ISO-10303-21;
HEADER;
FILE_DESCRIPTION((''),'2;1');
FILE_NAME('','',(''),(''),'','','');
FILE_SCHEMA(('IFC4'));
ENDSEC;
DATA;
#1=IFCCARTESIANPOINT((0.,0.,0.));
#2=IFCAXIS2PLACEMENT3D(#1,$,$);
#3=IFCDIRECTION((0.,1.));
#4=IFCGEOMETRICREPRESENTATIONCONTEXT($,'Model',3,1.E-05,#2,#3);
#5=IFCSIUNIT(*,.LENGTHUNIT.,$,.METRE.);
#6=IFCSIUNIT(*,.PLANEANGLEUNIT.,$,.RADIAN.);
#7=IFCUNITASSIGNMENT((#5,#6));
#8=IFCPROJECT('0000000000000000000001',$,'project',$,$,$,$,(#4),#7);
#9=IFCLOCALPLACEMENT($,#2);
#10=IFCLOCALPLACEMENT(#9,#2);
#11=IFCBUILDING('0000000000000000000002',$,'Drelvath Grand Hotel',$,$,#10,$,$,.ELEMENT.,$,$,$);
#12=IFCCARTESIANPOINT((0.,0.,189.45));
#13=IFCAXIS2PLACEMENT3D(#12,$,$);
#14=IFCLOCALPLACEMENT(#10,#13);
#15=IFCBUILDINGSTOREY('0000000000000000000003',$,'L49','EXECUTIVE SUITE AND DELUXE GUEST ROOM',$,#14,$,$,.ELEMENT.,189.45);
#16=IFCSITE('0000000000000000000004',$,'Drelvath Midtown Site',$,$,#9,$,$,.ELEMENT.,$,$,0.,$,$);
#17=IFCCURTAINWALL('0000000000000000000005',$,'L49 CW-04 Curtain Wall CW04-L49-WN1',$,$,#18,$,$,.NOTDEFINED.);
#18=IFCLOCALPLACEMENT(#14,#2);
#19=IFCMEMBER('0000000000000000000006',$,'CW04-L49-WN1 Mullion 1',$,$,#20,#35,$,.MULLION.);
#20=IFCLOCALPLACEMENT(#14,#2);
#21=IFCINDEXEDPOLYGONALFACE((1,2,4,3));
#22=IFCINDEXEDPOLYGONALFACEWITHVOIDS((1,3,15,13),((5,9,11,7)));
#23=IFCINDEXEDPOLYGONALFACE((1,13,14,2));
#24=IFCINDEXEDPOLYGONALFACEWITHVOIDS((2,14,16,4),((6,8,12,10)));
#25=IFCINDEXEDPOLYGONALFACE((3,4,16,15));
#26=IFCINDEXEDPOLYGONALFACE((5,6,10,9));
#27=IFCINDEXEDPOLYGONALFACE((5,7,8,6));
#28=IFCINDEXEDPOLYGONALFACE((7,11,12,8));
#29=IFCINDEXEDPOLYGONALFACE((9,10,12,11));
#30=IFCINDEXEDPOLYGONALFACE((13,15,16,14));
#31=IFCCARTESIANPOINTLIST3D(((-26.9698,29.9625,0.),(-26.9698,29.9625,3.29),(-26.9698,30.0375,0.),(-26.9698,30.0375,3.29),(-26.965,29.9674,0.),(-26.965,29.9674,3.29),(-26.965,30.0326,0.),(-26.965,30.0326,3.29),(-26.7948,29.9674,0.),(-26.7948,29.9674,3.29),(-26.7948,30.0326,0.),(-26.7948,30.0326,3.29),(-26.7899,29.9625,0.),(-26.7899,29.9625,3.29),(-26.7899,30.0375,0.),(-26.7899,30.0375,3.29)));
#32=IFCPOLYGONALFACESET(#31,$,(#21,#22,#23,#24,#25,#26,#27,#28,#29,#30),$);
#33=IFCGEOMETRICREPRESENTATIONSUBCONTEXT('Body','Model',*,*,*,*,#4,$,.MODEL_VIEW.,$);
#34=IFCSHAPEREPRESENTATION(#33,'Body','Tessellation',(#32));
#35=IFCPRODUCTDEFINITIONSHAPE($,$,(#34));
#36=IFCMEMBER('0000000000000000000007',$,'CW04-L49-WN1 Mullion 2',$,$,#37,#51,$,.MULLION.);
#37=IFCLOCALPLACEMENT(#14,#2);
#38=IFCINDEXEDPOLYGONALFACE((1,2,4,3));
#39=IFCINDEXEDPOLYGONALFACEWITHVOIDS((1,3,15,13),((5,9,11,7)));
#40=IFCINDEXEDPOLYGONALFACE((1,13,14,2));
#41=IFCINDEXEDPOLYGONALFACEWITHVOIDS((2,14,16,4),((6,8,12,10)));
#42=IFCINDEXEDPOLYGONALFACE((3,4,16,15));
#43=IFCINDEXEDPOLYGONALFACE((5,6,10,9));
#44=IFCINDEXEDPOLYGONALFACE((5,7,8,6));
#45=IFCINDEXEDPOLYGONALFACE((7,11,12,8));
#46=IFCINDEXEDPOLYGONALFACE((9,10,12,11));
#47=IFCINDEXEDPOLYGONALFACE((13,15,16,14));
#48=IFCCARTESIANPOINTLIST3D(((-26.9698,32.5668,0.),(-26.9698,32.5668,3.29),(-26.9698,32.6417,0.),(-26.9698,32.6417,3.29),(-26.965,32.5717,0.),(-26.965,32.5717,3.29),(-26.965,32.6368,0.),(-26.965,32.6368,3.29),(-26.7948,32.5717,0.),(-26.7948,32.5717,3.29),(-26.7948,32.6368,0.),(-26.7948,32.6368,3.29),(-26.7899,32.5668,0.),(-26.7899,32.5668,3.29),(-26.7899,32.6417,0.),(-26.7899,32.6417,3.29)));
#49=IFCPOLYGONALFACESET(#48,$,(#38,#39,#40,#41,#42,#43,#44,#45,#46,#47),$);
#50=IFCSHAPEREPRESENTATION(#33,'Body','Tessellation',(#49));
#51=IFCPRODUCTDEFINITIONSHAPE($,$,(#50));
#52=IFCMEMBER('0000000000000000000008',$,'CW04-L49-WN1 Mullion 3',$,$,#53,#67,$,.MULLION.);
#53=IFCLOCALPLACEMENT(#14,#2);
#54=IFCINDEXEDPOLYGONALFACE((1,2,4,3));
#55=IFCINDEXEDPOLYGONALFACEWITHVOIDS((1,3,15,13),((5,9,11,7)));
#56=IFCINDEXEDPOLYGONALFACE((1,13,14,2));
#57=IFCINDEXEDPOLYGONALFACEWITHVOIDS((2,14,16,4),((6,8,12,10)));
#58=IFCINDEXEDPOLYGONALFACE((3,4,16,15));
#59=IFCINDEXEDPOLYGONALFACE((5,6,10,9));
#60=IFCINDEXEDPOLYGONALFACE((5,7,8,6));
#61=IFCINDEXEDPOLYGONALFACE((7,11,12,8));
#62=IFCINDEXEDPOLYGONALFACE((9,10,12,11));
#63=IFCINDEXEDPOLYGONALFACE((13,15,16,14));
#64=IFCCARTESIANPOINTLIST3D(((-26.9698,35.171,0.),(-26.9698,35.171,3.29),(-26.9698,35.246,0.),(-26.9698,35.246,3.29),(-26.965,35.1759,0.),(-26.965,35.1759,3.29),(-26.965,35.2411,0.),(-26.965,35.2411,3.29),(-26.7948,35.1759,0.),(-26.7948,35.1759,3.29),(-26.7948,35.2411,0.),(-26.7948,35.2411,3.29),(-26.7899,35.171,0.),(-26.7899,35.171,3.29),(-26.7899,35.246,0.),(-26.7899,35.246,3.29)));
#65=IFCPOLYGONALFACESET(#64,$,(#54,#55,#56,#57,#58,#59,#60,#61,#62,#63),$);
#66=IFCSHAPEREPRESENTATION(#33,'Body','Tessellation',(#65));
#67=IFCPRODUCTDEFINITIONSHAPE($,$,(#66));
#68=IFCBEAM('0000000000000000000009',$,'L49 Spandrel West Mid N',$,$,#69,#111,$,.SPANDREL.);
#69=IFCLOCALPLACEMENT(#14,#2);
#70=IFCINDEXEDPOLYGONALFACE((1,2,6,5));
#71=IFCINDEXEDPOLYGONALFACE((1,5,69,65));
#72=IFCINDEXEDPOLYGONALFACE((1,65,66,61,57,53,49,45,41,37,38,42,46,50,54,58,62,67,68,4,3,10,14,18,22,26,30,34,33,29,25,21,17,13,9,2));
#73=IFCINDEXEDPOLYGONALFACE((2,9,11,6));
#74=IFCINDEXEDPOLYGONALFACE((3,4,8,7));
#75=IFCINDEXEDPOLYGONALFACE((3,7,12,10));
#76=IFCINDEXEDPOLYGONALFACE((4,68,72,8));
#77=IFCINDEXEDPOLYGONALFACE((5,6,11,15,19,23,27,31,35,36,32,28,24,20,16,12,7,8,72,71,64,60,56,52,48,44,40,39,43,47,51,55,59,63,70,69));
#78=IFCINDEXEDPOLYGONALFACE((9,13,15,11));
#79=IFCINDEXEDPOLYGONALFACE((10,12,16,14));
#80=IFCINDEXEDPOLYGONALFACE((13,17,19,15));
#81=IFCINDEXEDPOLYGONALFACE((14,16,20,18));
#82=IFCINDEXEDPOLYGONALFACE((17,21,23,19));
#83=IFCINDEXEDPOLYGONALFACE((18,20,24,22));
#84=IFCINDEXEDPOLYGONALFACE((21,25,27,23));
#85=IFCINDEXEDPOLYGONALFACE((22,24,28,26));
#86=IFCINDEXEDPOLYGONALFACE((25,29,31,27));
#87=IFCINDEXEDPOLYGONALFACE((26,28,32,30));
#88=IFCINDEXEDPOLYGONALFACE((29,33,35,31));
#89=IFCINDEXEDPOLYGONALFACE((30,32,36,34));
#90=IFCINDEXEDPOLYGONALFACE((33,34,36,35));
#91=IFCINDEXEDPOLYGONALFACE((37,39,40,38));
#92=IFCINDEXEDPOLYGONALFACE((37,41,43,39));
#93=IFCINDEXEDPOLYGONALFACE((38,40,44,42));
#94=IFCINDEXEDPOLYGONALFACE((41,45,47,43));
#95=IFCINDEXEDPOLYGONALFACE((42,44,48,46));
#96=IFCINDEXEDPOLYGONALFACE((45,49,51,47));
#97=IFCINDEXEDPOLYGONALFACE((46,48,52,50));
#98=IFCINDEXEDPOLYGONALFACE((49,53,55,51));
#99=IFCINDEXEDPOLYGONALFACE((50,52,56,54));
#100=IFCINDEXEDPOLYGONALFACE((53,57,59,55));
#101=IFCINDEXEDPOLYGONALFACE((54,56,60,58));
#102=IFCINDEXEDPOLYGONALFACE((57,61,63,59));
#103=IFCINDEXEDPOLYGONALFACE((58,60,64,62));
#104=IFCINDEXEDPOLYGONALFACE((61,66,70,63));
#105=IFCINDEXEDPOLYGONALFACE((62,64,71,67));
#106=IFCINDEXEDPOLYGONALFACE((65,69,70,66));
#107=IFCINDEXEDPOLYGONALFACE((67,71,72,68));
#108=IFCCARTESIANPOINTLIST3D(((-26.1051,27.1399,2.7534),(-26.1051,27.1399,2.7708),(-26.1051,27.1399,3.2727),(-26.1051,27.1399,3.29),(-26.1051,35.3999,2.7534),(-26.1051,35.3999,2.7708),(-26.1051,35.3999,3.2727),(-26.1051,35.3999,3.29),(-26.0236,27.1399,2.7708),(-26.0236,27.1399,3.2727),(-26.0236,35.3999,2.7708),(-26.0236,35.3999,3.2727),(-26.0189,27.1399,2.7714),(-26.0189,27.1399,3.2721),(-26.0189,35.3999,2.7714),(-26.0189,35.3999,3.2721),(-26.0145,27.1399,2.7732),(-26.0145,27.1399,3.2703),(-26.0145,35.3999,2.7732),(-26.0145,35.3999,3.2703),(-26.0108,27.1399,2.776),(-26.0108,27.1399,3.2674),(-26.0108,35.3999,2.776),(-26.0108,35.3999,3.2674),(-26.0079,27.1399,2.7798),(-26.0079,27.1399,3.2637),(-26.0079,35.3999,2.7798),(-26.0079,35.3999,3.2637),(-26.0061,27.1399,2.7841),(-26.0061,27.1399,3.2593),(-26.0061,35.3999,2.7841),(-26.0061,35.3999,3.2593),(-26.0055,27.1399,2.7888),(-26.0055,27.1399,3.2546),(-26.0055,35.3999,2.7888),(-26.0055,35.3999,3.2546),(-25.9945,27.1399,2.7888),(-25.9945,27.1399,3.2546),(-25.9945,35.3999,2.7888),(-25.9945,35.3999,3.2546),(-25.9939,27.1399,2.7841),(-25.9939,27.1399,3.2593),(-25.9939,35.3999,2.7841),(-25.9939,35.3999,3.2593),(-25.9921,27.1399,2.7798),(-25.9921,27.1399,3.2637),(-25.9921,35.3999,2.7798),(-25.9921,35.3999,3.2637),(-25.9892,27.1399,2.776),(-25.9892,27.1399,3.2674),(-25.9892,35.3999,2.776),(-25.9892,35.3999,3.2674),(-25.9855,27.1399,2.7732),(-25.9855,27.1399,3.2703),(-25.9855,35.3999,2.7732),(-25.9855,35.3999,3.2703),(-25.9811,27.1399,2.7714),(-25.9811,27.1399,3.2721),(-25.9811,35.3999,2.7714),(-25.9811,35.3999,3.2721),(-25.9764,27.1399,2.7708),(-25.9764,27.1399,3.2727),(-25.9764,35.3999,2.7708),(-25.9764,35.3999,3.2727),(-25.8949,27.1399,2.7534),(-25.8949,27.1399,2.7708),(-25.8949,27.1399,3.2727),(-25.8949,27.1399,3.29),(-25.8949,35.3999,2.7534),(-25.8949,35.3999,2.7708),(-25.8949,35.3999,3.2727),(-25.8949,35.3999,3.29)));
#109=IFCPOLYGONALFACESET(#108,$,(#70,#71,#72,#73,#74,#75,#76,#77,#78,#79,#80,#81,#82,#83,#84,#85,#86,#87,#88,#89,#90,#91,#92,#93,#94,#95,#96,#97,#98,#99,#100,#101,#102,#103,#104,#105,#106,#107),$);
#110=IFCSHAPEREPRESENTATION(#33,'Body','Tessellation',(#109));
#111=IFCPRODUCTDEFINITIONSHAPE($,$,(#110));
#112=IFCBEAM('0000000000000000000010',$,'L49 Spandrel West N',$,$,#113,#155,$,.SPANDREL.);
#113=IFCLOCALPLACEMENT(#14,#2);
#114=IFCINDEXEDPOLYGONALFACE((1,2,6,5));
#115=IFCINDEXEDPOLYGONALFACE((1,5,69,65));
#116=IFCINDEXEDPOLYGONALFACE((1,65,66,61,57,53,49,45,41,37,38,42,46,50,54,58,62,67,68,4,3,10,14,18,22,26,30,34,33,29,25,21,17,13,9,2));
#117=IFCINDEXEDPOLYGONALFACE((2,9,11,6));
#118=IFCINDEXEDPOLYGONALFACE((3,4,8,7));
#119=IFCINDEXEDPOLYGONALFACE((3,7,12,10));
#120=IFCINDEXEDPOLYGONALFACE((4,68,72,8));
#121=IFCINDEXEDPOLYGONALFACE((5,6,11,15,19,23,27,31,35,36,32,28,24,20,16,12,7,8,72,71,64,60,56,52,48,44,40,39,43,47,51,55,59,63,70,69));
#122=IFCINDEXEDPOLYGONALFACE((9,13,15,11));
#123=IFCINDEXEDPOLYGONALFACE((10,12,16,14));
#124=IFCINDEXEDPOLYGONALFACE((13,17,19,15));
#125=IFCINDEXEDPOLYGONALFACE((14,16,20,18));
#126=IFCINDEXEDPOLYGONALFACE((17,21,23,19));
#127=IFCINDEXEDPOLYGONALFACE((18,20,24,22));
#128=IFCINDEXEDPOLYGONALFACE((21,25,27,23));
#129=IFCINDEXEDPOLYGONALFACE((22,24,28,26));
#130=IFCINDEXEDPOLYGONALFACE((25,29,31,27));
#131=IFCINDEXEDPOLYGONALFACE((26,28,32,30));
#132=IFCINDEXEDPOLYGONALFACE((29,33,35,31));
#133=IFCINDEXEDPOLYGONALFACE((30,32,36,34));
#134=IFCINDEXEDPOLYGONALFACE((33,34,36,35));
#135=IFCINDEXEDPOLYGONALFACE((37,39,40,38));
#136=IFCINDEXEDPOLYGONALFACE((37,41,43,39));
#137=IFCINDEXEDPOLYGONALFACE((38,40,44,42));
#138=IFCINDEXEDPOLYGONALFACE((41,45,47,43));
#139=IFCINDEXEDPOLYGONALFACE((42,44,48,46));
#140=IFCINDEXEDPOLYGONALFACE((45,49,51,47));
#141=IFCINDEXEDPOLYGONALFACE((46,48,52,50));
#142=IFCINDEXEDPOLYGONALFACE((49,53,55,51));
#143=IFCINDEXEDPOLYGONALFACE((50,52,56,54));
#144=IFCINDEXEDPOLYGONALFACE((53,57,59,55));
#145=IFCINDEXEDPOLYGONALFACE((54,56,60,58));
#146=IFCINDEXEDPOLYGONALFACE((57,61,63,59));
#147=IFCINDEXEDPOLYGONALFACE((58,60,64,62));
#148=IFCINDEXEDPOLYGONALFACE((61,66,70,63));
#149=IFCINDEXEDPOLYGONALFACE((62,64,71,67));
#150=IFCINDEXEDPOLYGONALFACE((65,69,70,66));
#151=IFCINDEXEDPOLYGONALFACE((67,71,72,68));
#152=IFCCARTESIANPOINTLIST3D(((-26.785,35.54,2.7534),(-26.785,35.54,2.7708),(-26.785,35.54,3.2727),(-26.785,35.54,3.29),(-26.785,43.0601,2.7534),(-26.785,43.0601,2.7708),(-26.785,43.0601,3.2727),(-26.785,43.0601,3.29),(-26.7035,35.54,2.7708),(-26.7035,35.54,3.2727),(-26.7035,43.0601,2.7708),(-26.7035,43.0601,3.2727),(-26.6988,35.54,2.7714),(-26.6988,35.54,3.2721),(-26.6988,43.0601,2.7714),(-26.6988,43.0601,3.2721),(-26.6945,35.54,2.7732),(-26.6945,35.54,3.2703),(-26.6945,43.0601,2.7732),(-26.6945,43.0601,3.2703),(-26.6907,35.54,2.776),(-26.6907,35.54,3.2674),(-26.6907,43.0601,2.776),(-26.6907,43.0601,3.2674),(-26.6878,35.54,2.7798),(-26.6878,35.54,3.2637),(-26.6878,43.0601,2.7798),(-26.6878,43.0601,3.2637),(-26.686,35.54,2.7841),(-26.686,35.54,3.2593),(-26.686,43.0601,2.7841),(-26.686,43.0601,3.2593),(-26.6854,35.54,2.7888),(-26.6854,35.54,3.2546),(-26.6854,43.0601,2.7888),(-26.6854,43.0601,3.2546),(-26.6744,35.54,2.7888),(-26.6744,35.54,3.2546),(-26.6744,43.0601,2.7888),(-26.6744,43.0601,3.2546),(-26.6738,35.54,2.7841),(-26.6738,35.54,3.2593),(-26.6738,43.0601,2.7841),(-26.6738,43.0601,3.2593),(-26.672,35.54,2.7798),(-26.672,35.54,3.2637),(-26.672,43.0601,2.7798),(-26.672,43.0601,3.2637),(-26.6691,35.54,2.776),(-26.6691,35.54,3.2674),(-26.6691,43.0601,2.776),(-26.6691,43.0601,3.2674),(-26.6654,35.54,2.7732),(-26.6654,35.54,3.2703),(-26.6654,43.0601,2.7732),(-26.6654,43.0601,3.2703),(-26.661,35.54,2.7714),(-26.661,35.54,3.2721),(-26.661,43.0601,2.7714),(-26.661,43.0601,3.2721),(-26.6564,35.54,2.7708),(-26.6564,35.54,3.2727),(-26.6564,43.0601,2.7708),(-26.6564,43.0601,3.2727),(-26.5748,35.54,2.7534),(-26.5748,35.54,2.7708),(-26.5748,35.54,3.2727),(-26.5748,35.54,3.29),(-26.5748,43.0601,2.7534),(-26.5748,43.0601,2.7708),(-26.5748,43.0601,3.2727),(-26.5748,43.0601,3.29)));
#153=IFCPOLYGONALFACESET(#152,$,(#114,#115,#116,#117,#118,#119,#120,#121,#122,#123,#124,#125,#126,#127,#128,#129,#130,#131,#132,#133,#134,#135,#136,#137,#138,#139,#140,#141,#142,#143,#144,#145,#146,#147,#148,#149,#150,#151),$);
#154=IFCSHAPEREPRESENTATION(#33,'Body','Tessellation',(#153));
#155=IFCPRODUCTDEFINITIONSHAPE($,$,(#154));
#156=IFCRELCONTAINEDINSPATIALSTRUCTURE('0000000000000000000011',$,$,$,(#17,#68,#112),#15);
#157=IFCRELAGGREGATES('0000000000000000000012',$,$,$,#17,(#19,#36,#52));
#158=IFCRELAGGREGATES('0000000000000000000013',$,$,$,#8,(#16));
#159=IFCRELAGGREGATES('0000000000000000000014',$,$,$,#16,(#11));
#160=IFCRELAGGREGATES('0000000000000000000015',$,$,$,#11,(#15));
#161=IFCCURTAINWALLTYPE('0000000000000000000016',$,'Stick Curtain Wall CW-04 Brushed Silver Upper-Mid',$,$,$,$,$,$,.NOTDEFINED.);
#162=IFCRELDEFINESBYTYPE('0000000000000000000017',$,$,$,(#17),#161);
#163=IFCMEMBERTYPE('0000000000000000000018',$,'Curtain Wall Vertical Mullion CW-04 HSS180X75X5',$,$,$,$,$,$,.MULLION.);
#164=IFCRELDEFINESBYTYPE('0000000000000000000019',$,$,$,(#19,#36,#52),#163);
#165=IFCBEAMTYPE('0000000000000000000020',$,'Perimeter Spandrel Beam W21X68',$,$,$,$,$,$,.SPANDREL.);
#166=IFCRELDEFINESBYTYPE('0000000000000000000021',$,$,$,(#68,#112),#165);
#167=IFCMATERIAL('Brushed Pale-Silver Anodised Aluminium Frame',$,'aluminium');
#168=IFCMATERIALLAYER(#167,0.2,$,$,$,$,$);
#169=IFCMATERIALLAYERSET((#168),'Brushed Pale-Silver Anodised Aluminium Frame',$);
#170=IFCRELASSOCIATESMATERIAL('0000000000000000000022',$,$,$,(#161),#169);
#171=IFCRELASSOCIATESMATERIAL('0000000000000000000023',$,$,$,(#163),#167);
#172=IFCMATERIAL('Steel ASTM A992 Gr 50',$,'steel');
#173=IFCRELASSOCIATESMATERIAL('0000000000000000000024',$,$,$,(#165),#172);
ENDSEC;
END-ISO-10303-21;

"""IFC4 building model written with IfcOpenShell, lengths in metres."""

from ifc_helpers import new_model, si_unit, direction, frame, origin, origin_2d, place, context, subcontext, project, spatial, hollow_rectangle, i_section, extrude, material, layer, layer_set, material_profile, profile_set, type_object, element, aggregate, save


model = new_model("IFC4")

# Units and contexts
model_context = context("Model", 3, precision=1e-05, world=origin(), true_north=direction((0.0, 1.0)))
body_context = subcontext(model_context, "Body", "Model", "MODEL_VIEW")
ifc_project = project(units=[si_unit("LENGTHUNIT", "METRE"), si_unit("PLANEANGLEUNIT", "RADIAN")], contexts=[model_context])

# Site, building, storey
site_placement = place(None, origin())
site = spatial("IfcSite", under=ifc_project, at=site_placement, Name="Drelvath Midtown Site", CompositionType="ELEMENT", RefElevation=0.0)
building_placement = place(site_placement, origin())
building = spatial("IfcBuilding", under=site, at=building_placement, Name="Drelvath Grand Hotel", CompositionType="ELEMENT")
storey_placement = place(building_placement, frame((0.0, 0.0, 189.45)))
storey = spatial("IfcBuildingStorey", under=building, at=storey_placement, Name="L49", Description="EXECUTIVE SUITE AND DELUXE GUEST ROOM", CompositionType="ELEMENT", Elevation=189.45)

# Curtain wall
ifc_material_1 = material(Name="Brushed Pale-Silver Anodised Aluminium Frame", Category="aluminium")
ifc_layer_1 = layer(ifc_material_1, 0.2)
ifc_layer_set_1 = layer_set([ifc_layer_1], Name="Brushed Pale-Silver Anodised Aluminium Frame")
curtain_wall_type = type_object("IfcCurtainWallType", Name="Stick Curtain Wall CW-04 Brushed Silver Upper-Mid", PredefinedType="NOTDEFINED", material=ifc_layer_set_1)
curtain_wall_1_placement = place(storey_placement, origin())
curtain_wall_1 = element("IfcCurtainWall", 1, at=curtain_wall_1_placement, inside=storey, type_object=curtain_wall_type, Name="L49 CW-04 Curtain Wall CW04-L49-WN1", PredefinedType="NOTDEFINED")
ifc_material_profile_1 = material_profile(ifc_material_1, hollow_rectangle(XDim=0.075, YDim=0.1799, WallThickness=0.0049, at=origin_2d()), Name="HSS180X75X5")
ifc_profile_set_1 = profile_set([ifc_material_profile_1], Name="Brushed Pale-Silver Anodised Aluminium Frame")
member_type_1 = type_object("IfcMemberType", Name="Curtain Wall Vertical Mullion CW-04 HSS180X75X5", PredefinedType="MULLION", material=ifc_profile_set_1)

# Members
member_1_placement = place(storey_placement, frame((-26.8799, 30.0, 0.0), z_axis=(0.0, 0.0, 1.0), x_axis=(0.0, 1.0, 0.0)))
member_1 = element("IfcMember", 2, at=member_1_placement, type_object=member_type_1, Name="CW04-L49-WN1 Mullion 1", PredefinedType="MULLION", context=body_context, shape_type="SweptSolid", body=[
    extrude(hollow_rectangle(XDim=0.075, YDim=0.1799, WallThickness=0.0049, at=origin_2d()), origin(), (0.0, 0.0, 1.0), 3.29),
])
member_2_placement = place(storey_placement, frame((-26.8799, 32.6042, 0.0), z_axis=(0.0, 0.0, 1.0), x_axis=(0.0, 1.0, 0.0)))
member_2 = element("IfcMember", 3, at=member_2_placement, type_object=member_type_1, Name="CW04-L49-WN1 Mullion 2", PredefinedType="MULLION", context=body_context, shape_type="SweptSolid", body=[
    extrude(hollow_rectangle(XDim=0.075, YDim=0.1799, WallThickness=0.0049, at=origin_2d()), origin(), (0.0, 0.0, 1.0), 3.29),
])
member_3_placement = place(storey_placement, frame((-26.8799, 35.2085, 0.0), z_axis=(0.0, 0.0, 1.0), x_axis=(0.0, 1.0, 0.0)))
member_3 = element("IfcMember", 4, at=member_3_placement, type_object=member_type_1, Name="CW04-L49-WN1 Mullion 3", PredefinedType="MULLION", context=body_context, shape_type="SweptSolid", body=[
    extrude(hollow_rectangle(XDim=0.075, YDim=0.1799, WallThickness=0.0049, at=origin_2d()), origin(), (0.0, 0.0, 1.0), 3.29),
])

# Beams
ifc_material_2 = material(Name="Steel ASTM A992 Gr 50", Category="steel")
ifc_material_profile_2 = material_profile(ifc_material_2, i_section(OverallWidth=0.2102, OverallDepth=0.5366, WebThickness=0.011, FlangeThickness=0.0173, FilletRadius=0.0181, at=origin_2d()), Name="W21X68")
ifc_profile_set_2 = profile_set([ifc_material_profile_2], Name="Steel ASTM A992 Gr 50")
beam_type_1 = type_object("IfcBeamType", Name="Perimeter Spandrel Beam W21X68", PredefinedType="SPANDREL", material=ifc_profile_set_2)
beam_1_placement = place(storey_placement, frame((-26.0, 27.1399, 3.0217), z_axis=(0.0, 1.0, 0.0), x_axis=(-1.0, 0.0, 0.0)))
element("IfcBeam", 5, at=beam_1_placement, inside=storey, type_object=beam_type_1, Name="L49 Spandrel West Mid N", PredefinedType="SPANDREL", context=body_context, shape_type="SweptSolid", body=[
    extrude(i_section(OverallWidth=0.2102, OverallDepth=0.5366, WebThickness=0.011, FlangeThickness=0.0173, FilletRadius=0.0181, at=origin_2d()), origin(), (0.0, 0.0, 1.0), 8.26),
])
beam_2_placement = place(storey_placement, frame((-26.6799, 35.54, 3.0217), z_axis=(0.0, 1.0, 0.0), x_axis=(-1.0, 0.0, 0.0)))
element("IfcBeam", 6, at=beam_2_placement, inside=storey, type_object=beam_type_1, Name="L49 Spandrel West N", PredefinedType="SPANDREL", context=body_context, shape_type="SweptSolid", body=[
    extrude(i_section(OverallWidth=0.2102, OverallDepth=0.5366, WebThickness=0.011, FlangeThickness=0.0173, FilletRadius=0.0181, at=origin_2d()), origin(), (0.0, 0.0, 1.0), 7.52),
])

aggregate(curtain_wall_1, [member_1, member_2, member_3])

save(model, "model.ifc")
